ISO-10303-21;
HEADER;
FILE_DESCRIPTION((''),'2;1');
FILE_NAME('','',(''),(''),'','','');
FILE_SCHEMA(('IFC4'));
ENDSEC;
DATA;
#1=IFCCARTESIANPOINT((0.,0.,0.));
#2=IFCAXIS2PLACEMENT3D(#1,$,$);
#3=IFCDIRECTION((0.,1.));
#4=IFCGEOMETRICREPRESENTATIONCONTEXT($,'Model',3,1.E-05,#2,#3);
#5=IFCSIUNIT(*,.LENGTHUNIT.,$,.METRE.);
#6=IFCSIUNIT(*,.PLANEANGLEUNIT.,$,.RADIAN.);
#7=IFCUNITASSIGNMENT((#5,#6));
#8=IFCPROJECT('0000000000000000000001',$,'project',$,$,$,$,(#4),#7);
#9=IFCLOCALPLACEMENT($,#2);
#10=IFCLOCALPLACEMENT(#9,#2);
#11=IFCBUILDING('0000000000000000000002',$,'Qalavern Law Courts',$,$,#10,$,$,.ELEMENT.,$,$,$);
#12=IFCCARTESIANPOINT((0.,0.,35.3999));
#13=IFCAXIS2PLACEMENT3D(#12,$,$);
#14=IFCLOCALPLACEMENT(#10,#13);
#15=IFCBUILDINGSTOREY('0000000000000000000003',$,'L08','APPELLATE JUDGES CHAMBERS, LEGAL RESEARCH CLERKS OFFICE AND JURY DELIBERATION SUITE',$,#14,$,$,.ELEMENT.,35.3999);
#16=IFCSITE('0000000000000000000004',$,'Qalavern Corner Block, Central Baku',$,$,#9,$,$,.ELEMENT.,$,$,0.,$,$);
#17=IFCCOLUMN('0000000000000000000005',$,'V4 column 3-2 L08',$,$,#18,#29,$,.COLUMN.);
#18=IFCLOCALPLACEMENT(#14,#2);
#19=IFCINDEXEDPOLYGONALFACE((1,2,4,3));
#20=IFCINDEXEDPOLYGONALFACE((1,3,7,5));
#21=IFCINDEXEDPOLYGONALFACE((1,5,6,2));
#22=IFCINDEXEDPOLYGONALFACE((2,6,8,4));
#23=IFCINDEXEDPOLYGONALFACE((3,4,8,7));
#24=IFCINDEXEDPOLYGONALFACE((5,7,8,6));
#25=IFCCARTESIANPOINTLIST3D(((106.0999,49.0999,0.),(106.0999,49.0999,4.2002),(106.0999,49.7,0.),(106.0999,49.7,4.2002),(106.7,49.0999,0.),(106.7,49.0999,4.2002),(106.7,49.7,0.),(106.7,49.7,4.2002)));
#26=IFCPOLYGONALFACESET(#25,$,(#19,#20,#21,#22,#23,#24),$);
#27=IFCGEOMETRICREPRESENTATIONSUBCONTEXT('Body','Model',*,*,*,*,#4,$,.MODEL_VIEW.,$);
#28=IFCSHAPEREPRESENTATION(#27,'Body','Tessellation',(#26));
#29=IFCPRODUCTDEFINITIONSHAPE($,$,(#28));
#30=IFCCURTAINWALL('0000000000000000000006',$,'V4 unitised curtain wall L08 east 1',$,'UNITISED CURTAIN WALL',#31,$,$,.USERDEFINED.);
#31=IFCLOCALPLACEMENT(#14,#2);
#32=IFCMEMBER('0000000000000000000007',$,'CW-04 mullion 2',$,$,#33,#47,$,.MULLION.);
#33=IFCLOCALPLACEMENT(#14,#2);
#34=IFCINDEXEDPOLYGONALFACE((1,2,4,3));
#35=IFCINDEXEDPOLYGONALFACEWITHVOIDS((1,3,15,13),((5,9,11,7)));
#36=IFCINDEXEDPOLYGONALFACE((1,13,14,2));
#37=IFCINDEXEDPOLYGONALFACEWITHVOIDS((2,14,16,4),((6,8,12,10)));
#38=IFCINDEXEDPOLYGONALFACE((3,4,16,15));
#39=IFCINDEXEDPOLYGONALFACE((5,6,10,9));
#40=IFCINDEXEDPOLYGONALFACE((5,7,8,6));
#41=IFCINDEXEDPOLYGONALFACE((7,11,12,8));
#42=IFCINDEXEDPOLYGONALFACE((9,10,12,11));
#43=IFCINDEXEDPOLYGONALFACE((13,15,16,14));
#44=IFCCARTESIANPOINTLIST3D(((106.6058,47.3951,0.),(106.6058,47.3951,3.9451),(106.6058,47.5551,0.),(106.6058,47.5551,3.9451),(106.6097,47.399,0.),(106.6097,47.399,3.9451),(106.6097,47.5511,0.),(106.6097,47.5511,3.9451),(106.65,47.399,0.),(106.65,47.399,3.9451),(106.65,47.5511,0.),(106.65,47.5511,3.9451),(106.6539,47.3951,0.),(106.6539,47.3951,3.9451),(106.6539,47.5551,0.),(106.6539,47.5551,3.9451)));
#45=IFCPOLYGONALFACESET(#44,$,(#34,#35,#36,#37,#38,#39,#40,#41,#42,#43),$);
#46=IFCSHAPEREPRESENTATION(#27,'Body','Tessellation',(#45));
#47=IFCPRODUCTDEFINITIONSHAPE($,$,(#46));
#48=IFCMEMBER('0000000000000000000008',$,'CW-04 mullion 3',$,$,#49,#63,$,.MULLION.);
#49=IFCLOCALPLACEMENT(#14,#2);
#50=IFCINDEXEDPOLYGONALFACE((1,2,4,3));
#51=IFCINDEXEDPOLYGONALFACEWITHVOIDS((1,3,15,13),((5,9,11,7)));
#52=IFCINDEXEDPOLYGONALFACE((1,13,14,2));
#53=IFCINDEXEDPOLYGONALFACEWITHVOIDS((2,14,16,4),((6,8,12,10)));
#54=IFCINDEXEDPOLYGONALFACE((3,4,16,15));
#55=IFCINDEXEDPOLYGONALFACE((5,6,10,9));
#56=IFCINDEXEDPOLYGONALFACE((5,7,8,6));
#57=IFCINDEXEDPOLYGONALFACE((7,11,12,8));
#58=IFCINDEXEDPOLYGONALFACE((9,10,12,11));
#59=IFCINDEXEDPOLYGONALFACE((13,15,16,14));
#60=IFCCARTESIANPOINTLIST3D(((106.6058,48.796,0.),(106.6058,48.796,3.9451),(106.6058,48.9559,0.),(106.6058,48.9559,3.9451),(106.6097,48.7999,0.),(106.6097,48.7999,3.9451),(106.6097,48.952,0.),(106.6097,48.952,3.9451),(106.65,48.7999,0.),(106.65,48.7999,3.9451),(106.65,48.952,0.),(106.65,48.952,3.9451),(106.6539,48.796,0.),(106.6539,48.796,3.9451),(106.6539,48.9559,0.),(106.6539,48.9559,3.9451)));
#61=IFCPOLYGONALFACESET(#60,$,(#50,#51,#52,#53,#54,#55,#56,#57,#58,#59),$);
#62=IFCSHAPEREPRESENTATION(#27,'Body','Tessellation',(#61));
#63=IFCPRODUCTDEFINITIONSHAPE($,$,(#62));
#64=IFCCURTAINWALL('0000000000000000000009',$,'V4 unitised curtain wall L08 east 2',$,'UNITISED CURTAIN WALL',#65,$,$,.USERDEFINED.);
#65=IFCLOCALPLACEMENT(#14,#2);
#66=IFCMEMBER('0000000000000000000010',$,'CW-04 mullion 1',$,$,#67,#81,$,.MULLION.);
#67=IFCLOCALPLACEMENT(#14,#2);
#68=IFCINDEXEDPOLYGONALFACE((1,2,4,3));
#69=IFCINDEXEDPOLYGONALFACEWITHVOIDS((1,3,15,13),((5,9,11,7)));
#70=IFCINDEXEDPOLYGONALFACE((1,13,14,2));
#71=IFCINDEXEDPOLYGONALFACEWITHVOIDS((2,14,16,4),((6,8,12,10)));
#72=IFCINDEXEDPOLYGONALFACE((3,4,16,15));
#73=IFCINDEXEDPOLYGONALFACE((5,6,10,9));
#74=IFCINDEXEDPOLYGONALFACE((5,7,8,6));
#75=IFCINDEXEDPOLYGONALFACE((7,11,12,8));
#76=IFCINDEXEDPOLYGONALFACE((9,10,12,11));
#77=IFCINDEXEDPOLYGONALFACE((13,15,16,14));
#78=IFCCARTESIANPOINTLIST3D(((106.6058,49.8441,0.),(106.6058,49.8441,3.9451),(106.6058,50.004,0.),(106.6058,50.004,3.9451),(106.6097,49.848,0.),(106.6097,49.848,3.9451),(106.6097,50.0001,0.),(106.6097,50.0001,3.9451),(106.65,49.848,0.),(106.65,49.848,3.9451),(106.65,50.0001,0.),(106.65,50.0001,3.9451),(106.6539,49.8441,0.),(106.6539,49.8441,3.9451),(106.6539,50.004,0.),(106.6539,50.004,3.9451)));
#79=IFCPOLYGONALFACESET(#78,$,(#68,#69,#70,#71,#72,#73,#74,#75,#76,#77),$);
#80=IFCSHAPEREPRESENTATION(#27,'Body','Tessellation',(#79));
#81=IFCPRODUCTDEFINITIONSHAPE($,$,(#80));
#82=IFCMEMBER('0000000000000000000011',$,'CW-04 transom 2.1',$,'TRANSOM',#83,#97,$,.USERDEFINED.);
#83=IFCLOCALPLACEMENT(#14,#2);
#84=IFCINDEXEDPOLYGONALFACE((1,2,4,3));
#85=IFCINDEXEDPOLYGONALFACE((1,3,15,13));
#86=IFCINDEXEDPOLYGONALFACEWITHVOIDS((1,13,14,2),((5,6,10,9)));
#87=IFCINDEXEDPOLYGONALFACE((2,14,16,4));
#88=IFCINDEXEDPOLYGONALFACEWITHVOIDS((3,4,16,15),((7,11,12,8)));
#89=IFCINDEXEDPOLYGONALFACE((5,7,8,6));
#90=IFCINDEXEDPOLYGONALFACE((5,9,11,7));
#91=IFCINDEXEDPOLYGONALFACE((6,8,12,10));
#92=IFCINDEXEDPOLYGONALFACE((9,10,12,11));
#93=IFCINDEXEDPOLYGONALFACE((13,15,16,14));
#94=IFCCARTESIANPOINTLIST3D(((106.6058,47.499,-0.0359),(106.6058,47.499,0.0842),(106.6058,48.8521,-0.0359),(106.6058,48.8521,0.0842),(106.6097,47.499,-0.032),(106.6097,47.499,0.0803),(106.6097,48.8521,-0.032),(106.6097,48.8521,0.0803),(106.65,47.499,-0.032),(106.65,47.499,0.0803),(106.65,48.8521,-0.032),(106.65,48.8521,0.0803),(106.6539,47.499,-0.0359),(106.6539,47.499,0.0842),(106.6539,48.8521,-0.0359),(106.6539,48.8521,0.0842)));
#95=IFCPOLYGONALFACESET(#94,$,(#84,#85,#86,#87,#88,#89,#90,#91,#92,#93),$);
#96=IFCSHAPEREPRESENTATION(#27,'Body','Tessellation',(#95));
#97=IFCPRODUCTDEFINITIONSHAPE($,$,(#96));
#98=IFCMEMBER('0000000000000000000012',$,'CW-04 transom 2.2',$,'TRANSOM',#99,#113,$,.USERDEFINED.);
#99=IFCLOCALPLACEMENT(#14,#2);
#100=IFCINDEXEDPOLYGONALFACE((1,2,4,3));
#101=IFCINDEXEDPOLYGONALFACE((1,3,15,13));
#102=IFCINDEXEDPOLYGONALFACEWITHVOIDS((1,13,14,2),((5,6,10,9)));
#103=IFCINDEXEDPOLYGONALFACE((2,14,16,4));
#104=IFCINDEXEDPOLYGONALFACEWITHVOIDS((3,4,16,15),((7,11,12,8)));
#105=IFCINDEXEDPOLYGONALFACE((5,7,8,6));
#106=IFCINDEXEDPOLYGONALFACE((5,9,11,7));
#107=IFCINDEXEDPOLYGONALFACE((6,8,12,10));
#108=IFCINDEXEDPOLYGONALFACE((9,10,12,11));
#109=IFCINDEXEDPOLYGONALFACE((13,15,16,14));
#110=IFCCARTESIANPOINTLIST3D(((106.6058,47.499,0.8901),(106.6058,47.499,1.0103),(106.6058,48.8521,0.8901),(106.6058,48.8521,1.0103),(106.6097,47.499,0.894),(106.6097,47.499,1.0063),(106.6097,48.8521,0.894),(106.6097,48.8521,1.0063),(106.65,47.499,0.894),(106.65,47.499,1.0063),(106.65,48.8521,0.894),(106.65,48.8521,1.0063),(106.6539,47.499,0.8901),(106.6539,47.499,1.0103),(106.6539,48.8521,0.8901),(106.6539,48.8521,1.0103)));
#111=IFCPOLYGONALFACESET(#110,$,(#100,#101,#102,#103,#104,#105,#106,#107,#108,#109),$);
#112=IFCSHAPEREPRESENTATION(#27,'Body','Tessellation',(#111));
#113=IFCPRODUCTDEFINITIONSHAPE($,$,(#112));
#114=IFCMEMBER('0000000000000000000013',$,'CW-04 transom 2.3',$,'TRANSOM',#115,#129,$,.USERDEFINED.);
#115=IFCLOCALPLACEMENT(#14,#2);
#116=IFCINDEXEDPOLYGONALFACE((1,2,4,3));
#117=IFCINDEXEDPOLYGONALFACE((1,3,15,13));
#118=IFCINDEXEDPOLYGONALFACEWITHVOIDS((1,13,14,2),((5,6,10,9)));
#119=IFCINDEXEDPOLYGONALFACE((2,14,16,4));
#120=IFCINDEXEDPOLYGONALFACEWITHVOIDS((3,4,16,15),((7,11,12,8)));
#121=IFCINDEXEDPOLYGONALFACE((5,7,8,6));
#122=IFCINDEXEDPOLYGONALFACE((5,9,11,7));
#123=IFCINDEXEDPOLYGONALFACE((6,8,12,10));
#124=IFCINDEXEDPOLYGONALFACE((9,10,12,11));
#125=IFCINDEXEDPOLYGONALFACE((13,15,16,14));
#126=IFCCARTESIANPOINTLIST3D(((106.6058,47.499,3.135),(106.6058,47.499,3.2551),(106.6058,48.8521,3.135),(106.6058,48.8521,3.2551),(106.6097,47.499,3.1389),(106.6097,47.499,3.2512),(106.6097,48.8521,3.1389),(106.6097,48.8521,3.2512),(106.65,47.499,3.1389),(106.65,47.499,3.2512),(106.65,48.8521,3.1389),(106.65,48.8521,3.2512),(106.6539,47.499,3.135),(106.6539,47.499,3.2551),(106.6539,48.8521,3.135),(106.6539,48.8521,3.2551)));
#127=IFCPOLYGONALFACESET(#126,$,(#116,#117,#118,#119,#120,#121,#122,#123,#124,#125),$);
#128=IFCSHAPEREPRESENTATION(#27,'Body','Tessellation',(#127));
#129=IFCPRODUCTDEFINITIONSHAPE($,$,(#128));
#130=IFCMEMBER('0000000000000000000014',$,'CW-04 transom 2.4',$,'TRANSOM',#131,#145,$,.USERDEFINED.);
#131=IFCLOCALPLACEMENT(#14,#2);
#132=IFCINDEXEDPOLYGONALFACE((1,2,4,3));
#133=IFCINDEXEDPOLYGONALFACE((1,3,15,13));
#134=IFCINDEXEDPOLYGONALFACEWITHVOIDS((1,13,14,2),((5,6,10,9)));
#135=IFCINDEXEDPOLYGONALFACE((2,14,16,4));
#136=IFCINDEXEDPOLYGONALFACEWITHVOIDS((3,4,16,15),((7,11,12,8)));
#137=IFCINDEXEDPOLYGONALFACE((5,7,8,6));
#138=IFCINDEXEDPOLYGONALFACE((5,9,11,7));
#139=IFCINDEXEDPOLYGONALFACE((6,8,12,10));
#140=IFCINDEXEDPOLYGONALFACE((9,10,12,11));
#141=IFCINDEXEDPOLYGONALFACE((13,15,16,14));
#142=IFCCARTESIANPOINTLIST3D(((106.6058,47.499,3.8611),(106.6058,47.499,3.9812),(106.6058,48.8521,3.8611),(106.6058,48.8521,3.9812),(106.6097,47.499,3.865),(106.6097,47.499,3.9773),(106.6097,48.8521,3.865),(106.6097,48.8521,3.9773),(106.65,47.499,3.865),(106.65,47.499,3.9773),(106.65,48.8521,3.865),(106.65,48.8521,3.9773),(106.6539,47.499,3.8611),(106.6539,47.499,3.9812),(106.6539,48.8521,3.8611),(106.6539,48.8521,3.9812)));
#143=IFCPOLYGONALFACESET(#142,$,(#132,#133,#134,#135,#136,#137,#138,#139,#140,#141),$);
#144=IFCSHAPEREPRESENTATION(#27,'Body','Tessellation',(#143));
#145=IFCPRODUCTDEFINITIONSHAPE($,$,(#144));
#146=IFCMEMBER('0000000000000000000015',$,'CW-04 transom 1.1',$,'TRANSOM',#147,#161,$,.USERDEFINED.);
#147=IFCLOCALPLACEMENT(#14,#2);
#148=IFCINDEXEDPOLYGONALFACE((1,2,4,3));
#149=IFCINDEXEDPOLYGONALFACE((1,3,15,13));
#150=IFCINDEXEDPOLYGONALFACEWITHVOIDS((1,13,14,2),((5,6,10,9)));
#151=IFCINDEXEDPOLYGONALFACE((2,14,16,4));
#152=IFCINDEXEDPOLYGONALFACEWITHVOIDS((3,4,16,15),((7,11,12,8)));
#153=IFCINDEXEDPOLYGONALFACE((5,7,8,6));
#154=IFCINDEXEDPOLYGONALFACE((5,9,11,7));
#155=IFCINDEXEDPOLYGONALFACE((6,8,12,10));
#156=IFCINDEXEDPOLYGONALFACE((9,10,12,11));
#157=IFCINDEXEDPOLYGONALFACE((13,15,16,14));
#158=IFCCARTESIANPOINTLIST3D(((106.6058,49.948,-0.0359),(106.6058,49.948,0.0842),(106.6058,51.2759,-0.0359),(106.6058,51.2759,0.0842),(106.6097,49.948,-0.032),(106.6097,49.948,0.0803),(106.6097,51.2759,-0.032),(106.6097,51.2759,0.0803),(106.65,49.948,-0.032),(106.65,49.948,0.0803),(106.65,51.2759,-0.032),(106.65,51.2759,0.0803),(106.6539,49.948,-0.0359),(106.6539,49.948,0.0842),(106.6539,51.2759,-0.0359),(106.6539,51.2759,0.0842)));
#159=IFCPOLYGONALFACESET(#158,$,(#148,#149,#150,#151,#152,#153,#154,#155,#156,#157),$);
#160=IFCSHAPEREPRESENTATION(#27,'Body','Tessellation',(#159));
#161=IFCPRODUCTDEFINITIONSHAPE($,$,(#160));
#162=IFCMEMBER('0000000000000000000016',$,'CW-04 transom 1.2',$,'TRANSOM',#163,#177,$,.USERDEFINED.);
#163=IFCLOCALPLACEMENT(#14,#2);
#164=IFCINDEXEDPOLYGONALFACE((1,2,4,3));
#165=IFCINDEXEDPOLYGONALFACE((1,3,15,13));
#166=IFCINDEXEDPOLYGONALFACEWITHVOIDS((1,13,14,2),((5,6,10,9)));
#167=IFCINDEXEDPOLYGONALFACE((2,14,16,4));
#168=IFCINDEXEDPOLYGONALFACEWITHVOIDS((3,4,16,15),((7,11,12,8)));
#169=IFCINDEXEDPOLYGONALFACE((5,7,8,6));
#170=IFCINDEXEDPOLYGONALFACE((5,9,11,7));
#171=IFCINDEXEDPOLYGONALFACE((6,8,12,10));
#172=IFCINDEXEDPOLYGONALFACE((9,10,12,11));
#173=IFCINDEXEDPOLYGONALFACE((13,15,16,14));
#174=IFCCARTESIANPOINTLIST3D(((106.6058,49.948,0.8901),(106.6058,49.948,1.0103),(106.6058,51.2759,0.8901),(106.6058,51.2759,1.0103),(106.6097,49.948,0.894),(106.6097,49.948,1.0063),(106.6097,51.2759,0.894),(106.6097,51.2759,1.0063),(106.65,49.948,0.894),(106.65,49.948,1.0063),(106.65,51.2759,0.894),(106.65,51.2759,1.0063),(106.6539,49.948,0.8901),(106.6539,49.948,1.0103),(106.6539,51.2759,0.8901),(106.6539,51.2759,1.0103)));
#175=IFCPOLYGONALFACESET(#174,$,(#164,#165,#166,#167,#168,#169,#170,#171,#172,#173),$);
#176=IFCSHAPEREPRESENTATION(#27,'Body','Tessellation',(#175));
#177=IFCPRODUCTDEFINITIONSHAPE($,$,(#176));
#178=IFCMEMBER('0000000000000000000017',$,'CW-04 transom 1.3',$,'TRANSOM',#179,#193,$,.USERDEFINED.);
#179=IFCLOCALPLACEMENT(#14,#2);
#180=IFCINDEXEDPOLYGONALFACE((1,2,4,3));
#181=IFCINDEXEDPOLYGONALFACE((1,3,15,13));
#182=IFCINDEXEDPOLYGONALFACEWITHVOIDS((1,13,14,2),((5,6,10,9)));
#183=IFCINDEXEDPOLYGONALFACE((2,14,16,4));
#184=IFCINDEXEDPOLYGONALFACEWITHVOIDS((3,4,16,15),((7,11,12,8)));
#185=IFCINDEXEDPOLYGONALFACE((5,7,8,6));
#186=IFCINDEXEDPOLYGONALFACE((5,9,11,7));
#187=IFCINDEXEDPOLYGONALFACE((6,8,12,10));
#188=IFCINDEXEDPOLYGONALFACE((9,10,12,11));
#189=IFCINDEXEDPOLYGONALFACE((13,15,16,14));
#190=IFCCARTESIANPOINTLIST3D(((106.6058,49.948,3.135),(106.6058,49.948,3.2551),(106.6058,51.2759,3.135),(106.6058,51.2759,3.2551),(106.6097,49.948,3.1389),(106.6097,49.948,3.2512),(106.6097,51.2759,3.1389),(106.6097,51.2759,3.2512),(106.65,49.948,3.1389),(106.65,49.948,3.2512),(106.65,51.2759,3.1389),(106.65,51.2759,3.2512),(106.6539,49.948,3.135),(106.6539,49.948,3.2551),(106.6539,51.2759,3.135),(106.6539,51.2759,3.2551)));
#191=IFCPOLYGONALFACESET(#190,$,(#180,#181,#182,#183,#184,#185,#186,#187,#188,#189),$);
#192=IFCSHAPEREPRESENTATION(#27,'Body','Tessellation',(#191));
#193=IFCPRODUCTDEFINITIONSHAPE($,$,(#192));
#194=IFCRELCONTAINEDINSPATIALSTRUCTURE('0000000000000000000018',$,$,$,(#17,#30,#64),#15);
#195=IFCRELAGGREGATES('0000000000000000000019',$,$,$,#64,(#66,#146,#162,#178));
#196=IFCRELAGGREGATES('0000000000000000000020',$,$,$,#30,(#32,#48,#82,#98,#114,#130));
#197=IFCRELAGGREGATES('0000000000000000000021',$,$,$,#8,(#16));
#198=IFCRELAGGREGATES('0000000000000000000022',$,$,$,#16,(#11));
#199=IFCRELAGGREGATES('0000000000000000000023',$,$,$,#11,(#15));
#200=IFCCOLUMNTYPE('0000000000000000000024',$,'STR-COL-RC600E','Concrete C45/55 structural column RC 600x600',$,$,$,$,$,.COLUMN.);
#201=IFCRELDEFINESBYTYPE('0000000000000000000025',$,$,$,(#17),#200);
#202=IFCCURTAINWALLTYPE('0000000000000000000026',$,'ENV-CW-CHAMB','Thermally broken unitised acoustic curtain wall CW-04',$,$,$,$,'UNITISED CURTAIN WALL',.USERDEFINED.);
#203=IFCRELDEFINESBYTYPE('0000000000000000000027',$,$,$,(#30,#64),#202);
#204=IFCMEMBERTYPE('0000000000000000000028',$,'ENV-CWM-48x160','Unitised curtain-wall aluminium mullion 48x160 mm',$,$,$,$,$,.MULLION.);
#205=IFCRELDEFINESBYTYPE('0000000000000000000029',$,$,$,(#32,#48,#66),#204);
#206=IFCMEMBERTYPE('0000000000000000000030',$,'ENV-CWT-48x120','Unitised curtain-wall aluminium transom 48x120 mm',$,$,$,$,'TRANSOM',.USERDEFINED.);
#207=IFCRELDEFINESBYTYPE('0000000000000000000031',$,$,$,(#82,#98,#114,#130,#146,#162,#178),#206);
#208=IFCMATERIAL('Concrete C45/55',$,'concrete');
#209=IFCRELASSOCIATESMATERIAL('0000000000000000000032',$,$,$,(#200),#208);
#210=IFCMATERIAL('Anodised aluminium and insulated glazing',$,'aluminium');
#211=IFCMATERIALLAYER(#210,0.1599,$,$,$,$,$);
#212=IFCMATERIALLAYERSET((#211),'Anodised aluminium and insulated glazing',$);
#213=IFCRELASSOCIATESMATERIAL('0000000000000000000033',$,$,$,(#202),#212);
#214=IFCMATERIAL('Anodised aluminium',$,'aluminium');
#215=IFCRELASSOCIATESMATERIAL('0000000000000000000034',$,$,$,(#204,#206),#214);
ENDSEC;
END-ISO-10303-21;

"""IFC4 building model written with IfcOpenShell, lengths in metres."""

from ifc_helpers import new_model, si_unit, direction, frame, origin, origin_2d, place, context, subcontext, project, spatial, rectangle, hollow_rectangle, extrude, material, layer, layer_set, material_profile, profile_set, type_object, element, aggregate, save


model = new_model("IFC4")

# Units and contexts
model_context = context("Model", 3, precision=1e-05, world=origin(), true_north=direction((0.0, 1.0)))
body_context = subcontext(model_context, "Body", "Model", "MODEL_VIEW")
ifc_project = project(units=[si_unit("LENGTHUNIT", "METRE"), si_unit("PLANEANGLEUNIT", "RADIAN")], contexts=[model_context])

# Site, building, storey
site_placement = place(None, origin())
site = spatial("IfcSite", under=ifc_project, at=site_placement, Name="Qalavern Corner Block, Central Baku", CompositionType="ELEMENT", RefElevation=0.0)
building_placement = place(site_placement, origin())
building = spatial("IfcBuilding", under=site, at=building_placement, Name="Qalavern Law Courts", CompositionType="ELEMENT")
storey_placement = place(building_placement, frame((0.0, 0.0, 35.3999)))
storey = spatial("IfcBuildingStorey", under=building, at=storey_placement, Name="L08", Description="APPELLATE JUDGES CHAMBERS, LEGAL RESEARCH CLERKS OFFICE AND JURY DELIBERATION SUITE", CompositionType="ELEMENT", Elevation=35.3999)

# Column
ifc_material_1 = material(Name="Concrete C45/55", Category="concrete")
ifc_material_profile_1 = material_profile(ifc_material_1, rectangle(XDim=0.6001, YDim=0.6001, at=origin_2d()), Name="RC 600x600")
ifc_profile_set_1 = profile_set([ifc_material_profile_1], Name="Concrete C45/55")
column_type = type_object("IfcColumnType", Name="STR-COL-RC600E", Description="Concrete C45/55 structural column RC 600x600", PredefinedType="COLUMN", material=ifc_profile_set_1)
column_placement = place(storey_placement, frame((106.3999, 49.3999, 0.0), z_axis=(0.0, 0.0, 1.0), x_axis=(1.0, 0.0, 0.0)))
element("IfcColumn", 1, at=column_placement, inside=storey, type_object=column_type, Name="V4 column 3-2 L08", PredefinedType="COLUMN", context=body_context, shape_type="SweptSolid", body=[
    extrude(rectangle(XDim=0.6001, YDim=0.6001, at=origin_2d()), origin(), (0.0, 0.0, 1.0), 4.2002),
])

# Curtain wall, members
ifc_material_2 = material(Name="Anodised aluminium and insulated glazing", Category="aluminium")
ifc_layer_1 = layer(ifc_material_2, 0.1599)
ifc_layer_set_1 = layer_set([ifc_layer_1], Name="Anodised aluminium and insulated glazing")
curtain_wall_type = type_object("IfcCurtainWallType", Name="ENV-CW-CHAMB", Description="Thermally broken unitised acoustic curtain wall CW-04", ElementType="UNITISED CURTAIN WALL", PredefinedType="USERDEFINED", material=ifc_layer_set_1)
curtain_wall_1_placement = place(storey_placement, origin())
curtain_wall_1 = element("IfcCurtainWall", 2, at=curtain_wall_1_placement, inside=storey, type_object=curtain_wall_type, Name="V4 unitised curtain wall L08 east 1", ObjectType="UNITISED CURTAIN WALL", PredefinedType="USERDEFINED")
ifc_material_3 = material(Name="Anodised aluminium", Category="aluminium")
ifc_material_profile_2 = material_profile(ifc_material_3, hollow_rectangle(XDim=0.0481, YDim=0.1599, WallThickness=0.0039, at=origin_2d()), Name="ALU MULLION 48x160")
ifc_profile_set_2 = profile_set([ifc_material_profile_2], Name="Anodised aluminium")
member_type_1 = type_object("IfcMemberType", Name="ENV-CWM-48x160", Description="Unitised curtain-wall aluminium mullion 48x160 mm", PredefinedType="MULLION", material=ifc_profile_set_2)
member_1_placement = place(storey_placement, frame((106.6299, 47.4751, 0.0), z_axis=(0.0, 0.0, 1.0), x_axis=(-1.0, 0.0, 0.0)))
member_1 = element("IfcMember", 3, at=member_1_placement, type_object=member_type_1, Name="CW-04 mullion 2", PredefinedType="MULLION", context=body_context, shape_type="SweptSolid", body=[
    extrude(hollow_rectangle(XDim=0.0481, YDim=0.1599, WallThickness=0.0039, at=origin_2d()), origin(), (0.0, 0.0, 1.0), 3.9451),
])
member_2_placement = place(storey_placement, frame((106.6299, 48.876, 0.0), z_axis=(0.0, 0.0, 1.0), x_axis=(-1.0, 0.0, 0.0)))
member_2 = element("IfcMember", 4, at=member_2_placement, type_object=member_type_1, Name="CW-04 mullion 3", PredefinedType="MULLION", context=body_context, shape_type="SweptSolid", body=[
    extrude(hollow_rectangle(XDim=0.0481, YDim=0.1599, WallThickness=0.0039, at=origin_2d()), origin(), (0.0, 0.0, 1.0), 3.9451),
])

# Curtain wall, member
curtain_wall_2_placement = place(storey_placement, origin())
curtain_wall_2 = element("IfcCurtainWall", 5, at=curtain_wall_2_placement, inside=storey, type_object=curtain_wall_type, Name="V4 unitised curtain wall L08 east 2", ObjectType="UNITISED CURTAIN WALL", PredefinedType="USERDEFINED")
member_3_placement = place(storey_placement, frame((106.6299, 49.9241, 0.0), z_axis=(0.0, 0.0, 1.0), x_axis=(-1.0, 0.0, 0.0)))
member_3 = element("IfcMember", 6, at=member_3_placement, type_object=member_type_1, Name="CW-04 mullion 1", PredefinedType="MULLION", context=body_context, shape_type="SweptSolid", body=[
    extrude(hollow_rectangle(XDim=0.0481, YDim=0.1599, WallThickness=0.0039, at=origin_2d()), origin(), (0.0, 0.0, 1.0), 3.9451),
])

# Members
ifc_material_profile_3 = material_profile(ifc_material_3, hollow_rectangle(XDim=0.0481, YDim=0.1201, WallThickness=0.0039, at=origin_2d()), Name="ALU TRANSOM 48x120")
ifc_profile_set_3 = profile_set([ifc_material_profile_3], Name="Anodised aluminium")
member_type_2 = type_object("IfcMemberType", Name="ENV-CWT-48x120", Description="Unitised curtain-wall aluminium transom 48x120 mm", ElementType="TRANSOM", PredefinedType="USERDEFINED", material=ifc_profile_set_3)
member_4_placement = place(storey_placement, frame((106.6299, 47.499, 0.0242), z_axis=(0.0, 1.0, 0.0), x_axis=(-1.0, 0.0, 0.0)))
member_4 = element("IfcMember", 7, at=member_4_placement, type_object=member_type_2, Name="CW-04 transom 2.1", ObjectType="TRANSOM", PredefinedType="USERDEFINED", context=body_context, shape_type="SweptSolid", body=[
    extrude(hollow_rectangle(XDim=0.0481, YDim=0.1201, WallThickness=0.0039, at=origin_2d()), origin(), (0.0, 0.0, 1.0), 1.353),
])
member_5_placement = place(storey_placement, frame((106.6299, 47.499, 0.9502), z_axis=(0.0, 1.0, 0.0), x_axis=(-1.0, 0.0, 0.0)))
member_5 = element("IfcMember", 8, at=member_5_placement, type_object=member_type_2, Name="CW-04 transom 2.2", ObjectType="TRANSOM", PredefinedType="USERDEFINED", context=body_context, shape_type="SweptSolid", body=[
    extrude(hollow_rectangle(XDim=0.0481, YDim=0.1201, WallThickness=0.0039, at=origin_2d()), origin(), (0.0, 0.0, 1.0), 1.353),
])
member_6_placement = place(storey_placement, frame((106.6299, 47.499, 3.1951), z_axis=(0.0, 1.0, 0.0), x_axis=(-1.0, 0.0, 0.0)))
member_6 = element("IfcMember", 9, at=member_6_placement, type_object=member_type_2, Name="CW-04 transom 2.3", ObjectType="TRANSOM", PredefinedType="USERDEFINED", context=body_context, shape_type="SweptSolid", body=[
    extrude(hollow_rectangle(XDim=0.0481, YDim=0.1201, WallThickness=0.0039, at=origin_2d()), origin(), (0.0, 0.0, 1.0), 1.353),
])
member_7_placement = place(storey_placement, frame((106.6299, 47.499, 3.9211), z_axis=(0.0, 1.0, 0.0), x_axis=(-1.0, 0.0, 0.0)))
member_7 = element("IfcMember", 10, at=member_7_placement, type_object=member_type_2, Name="CW-04 transom 2.4", ObjectType="TRANSOM", PredefinedType="USERDEFINED", context=body_context, shape_type="SweptSolid", body=[
    extrude(hollow_rectangle(XDim=0.0481, YDim=0.1201, WallThickness=0.0039, at=origin_2d()), origin(), (0.0, 0.0, 1.0), 1.353),
])
member_8_placement = place(storey_placement, frame((106.6299, 49.948, 0.0242), z_axis=(0.0, 1.0, 0.0), x_axis=(-1.0, 0.0, 0.0)))
member_8 = element("IfcMember", 11, at=member_8_placement, type_object=member_type_2, Name="CW-04 transom 1.1", ObjectType="TRANSOM", PredefinedType="USERDEFINED", context=body_context, shape_type="SweptSolid", body=[
    extrude(hollow_rectangle(XDim=0.0481, YDim=0.1201, WallThickness=0.0039, at=origin_2d()), origin(), (0.0, 0.0, 1.0), 1.3279),
])
member_9_placement = place(storey_placement, frame((106.6299, 49.948, 0.9502), z_axis=(0.0, 1.0, 0.0), x_axis=(-1.0, 0.0, 0.0)))
member_9 = element("IfcMember", 12, at=member_9_placement, type_object=member_type_2, Name="CW-04 transom 1.2", ObjectType="TRANSOM", PredefinedType="USERDEFINED", context=body_context, shape_type="SweptSolid", body=[
    extrude(hollow_rectangle(XDim=0.0481, YDim=0.1201, WallThickness=0.0039, at=origin_2d()), origin(), (0.0, 0.0, 1.0), 1.3279),
])
member_10_placement = place(storey_placement, frame((106.6299, 49.948, 3.1951), z_axis=(0.0, 1.0, 0.0), x_axis=(-1.0, 0.0, 0.0)))
member_10 = element("IfcMember", 13, at=member_10_placement, type_object=member_type_2, Name="CW-04 transom 1.3", ObjectType="TRANSOM", PredefinedType="USERDEFINED", context=body_context, shape_type="SweptSolid", body=[
    extrude(hollow_rectangle(XDim=0.0481, YDim=0.1201, WallThickness=0.0039, at=origin_2d()), origin(), (0.0, 0.0, 1.0), 1.3279),
])
aggregate(curtain_wall_2, [member_3, member_8, member_9, member_10])

aggregate(curtain_wall_1, [member_1, member_2, member_4, member_5, member_6, member_7])

save(model, "model.ifc")
